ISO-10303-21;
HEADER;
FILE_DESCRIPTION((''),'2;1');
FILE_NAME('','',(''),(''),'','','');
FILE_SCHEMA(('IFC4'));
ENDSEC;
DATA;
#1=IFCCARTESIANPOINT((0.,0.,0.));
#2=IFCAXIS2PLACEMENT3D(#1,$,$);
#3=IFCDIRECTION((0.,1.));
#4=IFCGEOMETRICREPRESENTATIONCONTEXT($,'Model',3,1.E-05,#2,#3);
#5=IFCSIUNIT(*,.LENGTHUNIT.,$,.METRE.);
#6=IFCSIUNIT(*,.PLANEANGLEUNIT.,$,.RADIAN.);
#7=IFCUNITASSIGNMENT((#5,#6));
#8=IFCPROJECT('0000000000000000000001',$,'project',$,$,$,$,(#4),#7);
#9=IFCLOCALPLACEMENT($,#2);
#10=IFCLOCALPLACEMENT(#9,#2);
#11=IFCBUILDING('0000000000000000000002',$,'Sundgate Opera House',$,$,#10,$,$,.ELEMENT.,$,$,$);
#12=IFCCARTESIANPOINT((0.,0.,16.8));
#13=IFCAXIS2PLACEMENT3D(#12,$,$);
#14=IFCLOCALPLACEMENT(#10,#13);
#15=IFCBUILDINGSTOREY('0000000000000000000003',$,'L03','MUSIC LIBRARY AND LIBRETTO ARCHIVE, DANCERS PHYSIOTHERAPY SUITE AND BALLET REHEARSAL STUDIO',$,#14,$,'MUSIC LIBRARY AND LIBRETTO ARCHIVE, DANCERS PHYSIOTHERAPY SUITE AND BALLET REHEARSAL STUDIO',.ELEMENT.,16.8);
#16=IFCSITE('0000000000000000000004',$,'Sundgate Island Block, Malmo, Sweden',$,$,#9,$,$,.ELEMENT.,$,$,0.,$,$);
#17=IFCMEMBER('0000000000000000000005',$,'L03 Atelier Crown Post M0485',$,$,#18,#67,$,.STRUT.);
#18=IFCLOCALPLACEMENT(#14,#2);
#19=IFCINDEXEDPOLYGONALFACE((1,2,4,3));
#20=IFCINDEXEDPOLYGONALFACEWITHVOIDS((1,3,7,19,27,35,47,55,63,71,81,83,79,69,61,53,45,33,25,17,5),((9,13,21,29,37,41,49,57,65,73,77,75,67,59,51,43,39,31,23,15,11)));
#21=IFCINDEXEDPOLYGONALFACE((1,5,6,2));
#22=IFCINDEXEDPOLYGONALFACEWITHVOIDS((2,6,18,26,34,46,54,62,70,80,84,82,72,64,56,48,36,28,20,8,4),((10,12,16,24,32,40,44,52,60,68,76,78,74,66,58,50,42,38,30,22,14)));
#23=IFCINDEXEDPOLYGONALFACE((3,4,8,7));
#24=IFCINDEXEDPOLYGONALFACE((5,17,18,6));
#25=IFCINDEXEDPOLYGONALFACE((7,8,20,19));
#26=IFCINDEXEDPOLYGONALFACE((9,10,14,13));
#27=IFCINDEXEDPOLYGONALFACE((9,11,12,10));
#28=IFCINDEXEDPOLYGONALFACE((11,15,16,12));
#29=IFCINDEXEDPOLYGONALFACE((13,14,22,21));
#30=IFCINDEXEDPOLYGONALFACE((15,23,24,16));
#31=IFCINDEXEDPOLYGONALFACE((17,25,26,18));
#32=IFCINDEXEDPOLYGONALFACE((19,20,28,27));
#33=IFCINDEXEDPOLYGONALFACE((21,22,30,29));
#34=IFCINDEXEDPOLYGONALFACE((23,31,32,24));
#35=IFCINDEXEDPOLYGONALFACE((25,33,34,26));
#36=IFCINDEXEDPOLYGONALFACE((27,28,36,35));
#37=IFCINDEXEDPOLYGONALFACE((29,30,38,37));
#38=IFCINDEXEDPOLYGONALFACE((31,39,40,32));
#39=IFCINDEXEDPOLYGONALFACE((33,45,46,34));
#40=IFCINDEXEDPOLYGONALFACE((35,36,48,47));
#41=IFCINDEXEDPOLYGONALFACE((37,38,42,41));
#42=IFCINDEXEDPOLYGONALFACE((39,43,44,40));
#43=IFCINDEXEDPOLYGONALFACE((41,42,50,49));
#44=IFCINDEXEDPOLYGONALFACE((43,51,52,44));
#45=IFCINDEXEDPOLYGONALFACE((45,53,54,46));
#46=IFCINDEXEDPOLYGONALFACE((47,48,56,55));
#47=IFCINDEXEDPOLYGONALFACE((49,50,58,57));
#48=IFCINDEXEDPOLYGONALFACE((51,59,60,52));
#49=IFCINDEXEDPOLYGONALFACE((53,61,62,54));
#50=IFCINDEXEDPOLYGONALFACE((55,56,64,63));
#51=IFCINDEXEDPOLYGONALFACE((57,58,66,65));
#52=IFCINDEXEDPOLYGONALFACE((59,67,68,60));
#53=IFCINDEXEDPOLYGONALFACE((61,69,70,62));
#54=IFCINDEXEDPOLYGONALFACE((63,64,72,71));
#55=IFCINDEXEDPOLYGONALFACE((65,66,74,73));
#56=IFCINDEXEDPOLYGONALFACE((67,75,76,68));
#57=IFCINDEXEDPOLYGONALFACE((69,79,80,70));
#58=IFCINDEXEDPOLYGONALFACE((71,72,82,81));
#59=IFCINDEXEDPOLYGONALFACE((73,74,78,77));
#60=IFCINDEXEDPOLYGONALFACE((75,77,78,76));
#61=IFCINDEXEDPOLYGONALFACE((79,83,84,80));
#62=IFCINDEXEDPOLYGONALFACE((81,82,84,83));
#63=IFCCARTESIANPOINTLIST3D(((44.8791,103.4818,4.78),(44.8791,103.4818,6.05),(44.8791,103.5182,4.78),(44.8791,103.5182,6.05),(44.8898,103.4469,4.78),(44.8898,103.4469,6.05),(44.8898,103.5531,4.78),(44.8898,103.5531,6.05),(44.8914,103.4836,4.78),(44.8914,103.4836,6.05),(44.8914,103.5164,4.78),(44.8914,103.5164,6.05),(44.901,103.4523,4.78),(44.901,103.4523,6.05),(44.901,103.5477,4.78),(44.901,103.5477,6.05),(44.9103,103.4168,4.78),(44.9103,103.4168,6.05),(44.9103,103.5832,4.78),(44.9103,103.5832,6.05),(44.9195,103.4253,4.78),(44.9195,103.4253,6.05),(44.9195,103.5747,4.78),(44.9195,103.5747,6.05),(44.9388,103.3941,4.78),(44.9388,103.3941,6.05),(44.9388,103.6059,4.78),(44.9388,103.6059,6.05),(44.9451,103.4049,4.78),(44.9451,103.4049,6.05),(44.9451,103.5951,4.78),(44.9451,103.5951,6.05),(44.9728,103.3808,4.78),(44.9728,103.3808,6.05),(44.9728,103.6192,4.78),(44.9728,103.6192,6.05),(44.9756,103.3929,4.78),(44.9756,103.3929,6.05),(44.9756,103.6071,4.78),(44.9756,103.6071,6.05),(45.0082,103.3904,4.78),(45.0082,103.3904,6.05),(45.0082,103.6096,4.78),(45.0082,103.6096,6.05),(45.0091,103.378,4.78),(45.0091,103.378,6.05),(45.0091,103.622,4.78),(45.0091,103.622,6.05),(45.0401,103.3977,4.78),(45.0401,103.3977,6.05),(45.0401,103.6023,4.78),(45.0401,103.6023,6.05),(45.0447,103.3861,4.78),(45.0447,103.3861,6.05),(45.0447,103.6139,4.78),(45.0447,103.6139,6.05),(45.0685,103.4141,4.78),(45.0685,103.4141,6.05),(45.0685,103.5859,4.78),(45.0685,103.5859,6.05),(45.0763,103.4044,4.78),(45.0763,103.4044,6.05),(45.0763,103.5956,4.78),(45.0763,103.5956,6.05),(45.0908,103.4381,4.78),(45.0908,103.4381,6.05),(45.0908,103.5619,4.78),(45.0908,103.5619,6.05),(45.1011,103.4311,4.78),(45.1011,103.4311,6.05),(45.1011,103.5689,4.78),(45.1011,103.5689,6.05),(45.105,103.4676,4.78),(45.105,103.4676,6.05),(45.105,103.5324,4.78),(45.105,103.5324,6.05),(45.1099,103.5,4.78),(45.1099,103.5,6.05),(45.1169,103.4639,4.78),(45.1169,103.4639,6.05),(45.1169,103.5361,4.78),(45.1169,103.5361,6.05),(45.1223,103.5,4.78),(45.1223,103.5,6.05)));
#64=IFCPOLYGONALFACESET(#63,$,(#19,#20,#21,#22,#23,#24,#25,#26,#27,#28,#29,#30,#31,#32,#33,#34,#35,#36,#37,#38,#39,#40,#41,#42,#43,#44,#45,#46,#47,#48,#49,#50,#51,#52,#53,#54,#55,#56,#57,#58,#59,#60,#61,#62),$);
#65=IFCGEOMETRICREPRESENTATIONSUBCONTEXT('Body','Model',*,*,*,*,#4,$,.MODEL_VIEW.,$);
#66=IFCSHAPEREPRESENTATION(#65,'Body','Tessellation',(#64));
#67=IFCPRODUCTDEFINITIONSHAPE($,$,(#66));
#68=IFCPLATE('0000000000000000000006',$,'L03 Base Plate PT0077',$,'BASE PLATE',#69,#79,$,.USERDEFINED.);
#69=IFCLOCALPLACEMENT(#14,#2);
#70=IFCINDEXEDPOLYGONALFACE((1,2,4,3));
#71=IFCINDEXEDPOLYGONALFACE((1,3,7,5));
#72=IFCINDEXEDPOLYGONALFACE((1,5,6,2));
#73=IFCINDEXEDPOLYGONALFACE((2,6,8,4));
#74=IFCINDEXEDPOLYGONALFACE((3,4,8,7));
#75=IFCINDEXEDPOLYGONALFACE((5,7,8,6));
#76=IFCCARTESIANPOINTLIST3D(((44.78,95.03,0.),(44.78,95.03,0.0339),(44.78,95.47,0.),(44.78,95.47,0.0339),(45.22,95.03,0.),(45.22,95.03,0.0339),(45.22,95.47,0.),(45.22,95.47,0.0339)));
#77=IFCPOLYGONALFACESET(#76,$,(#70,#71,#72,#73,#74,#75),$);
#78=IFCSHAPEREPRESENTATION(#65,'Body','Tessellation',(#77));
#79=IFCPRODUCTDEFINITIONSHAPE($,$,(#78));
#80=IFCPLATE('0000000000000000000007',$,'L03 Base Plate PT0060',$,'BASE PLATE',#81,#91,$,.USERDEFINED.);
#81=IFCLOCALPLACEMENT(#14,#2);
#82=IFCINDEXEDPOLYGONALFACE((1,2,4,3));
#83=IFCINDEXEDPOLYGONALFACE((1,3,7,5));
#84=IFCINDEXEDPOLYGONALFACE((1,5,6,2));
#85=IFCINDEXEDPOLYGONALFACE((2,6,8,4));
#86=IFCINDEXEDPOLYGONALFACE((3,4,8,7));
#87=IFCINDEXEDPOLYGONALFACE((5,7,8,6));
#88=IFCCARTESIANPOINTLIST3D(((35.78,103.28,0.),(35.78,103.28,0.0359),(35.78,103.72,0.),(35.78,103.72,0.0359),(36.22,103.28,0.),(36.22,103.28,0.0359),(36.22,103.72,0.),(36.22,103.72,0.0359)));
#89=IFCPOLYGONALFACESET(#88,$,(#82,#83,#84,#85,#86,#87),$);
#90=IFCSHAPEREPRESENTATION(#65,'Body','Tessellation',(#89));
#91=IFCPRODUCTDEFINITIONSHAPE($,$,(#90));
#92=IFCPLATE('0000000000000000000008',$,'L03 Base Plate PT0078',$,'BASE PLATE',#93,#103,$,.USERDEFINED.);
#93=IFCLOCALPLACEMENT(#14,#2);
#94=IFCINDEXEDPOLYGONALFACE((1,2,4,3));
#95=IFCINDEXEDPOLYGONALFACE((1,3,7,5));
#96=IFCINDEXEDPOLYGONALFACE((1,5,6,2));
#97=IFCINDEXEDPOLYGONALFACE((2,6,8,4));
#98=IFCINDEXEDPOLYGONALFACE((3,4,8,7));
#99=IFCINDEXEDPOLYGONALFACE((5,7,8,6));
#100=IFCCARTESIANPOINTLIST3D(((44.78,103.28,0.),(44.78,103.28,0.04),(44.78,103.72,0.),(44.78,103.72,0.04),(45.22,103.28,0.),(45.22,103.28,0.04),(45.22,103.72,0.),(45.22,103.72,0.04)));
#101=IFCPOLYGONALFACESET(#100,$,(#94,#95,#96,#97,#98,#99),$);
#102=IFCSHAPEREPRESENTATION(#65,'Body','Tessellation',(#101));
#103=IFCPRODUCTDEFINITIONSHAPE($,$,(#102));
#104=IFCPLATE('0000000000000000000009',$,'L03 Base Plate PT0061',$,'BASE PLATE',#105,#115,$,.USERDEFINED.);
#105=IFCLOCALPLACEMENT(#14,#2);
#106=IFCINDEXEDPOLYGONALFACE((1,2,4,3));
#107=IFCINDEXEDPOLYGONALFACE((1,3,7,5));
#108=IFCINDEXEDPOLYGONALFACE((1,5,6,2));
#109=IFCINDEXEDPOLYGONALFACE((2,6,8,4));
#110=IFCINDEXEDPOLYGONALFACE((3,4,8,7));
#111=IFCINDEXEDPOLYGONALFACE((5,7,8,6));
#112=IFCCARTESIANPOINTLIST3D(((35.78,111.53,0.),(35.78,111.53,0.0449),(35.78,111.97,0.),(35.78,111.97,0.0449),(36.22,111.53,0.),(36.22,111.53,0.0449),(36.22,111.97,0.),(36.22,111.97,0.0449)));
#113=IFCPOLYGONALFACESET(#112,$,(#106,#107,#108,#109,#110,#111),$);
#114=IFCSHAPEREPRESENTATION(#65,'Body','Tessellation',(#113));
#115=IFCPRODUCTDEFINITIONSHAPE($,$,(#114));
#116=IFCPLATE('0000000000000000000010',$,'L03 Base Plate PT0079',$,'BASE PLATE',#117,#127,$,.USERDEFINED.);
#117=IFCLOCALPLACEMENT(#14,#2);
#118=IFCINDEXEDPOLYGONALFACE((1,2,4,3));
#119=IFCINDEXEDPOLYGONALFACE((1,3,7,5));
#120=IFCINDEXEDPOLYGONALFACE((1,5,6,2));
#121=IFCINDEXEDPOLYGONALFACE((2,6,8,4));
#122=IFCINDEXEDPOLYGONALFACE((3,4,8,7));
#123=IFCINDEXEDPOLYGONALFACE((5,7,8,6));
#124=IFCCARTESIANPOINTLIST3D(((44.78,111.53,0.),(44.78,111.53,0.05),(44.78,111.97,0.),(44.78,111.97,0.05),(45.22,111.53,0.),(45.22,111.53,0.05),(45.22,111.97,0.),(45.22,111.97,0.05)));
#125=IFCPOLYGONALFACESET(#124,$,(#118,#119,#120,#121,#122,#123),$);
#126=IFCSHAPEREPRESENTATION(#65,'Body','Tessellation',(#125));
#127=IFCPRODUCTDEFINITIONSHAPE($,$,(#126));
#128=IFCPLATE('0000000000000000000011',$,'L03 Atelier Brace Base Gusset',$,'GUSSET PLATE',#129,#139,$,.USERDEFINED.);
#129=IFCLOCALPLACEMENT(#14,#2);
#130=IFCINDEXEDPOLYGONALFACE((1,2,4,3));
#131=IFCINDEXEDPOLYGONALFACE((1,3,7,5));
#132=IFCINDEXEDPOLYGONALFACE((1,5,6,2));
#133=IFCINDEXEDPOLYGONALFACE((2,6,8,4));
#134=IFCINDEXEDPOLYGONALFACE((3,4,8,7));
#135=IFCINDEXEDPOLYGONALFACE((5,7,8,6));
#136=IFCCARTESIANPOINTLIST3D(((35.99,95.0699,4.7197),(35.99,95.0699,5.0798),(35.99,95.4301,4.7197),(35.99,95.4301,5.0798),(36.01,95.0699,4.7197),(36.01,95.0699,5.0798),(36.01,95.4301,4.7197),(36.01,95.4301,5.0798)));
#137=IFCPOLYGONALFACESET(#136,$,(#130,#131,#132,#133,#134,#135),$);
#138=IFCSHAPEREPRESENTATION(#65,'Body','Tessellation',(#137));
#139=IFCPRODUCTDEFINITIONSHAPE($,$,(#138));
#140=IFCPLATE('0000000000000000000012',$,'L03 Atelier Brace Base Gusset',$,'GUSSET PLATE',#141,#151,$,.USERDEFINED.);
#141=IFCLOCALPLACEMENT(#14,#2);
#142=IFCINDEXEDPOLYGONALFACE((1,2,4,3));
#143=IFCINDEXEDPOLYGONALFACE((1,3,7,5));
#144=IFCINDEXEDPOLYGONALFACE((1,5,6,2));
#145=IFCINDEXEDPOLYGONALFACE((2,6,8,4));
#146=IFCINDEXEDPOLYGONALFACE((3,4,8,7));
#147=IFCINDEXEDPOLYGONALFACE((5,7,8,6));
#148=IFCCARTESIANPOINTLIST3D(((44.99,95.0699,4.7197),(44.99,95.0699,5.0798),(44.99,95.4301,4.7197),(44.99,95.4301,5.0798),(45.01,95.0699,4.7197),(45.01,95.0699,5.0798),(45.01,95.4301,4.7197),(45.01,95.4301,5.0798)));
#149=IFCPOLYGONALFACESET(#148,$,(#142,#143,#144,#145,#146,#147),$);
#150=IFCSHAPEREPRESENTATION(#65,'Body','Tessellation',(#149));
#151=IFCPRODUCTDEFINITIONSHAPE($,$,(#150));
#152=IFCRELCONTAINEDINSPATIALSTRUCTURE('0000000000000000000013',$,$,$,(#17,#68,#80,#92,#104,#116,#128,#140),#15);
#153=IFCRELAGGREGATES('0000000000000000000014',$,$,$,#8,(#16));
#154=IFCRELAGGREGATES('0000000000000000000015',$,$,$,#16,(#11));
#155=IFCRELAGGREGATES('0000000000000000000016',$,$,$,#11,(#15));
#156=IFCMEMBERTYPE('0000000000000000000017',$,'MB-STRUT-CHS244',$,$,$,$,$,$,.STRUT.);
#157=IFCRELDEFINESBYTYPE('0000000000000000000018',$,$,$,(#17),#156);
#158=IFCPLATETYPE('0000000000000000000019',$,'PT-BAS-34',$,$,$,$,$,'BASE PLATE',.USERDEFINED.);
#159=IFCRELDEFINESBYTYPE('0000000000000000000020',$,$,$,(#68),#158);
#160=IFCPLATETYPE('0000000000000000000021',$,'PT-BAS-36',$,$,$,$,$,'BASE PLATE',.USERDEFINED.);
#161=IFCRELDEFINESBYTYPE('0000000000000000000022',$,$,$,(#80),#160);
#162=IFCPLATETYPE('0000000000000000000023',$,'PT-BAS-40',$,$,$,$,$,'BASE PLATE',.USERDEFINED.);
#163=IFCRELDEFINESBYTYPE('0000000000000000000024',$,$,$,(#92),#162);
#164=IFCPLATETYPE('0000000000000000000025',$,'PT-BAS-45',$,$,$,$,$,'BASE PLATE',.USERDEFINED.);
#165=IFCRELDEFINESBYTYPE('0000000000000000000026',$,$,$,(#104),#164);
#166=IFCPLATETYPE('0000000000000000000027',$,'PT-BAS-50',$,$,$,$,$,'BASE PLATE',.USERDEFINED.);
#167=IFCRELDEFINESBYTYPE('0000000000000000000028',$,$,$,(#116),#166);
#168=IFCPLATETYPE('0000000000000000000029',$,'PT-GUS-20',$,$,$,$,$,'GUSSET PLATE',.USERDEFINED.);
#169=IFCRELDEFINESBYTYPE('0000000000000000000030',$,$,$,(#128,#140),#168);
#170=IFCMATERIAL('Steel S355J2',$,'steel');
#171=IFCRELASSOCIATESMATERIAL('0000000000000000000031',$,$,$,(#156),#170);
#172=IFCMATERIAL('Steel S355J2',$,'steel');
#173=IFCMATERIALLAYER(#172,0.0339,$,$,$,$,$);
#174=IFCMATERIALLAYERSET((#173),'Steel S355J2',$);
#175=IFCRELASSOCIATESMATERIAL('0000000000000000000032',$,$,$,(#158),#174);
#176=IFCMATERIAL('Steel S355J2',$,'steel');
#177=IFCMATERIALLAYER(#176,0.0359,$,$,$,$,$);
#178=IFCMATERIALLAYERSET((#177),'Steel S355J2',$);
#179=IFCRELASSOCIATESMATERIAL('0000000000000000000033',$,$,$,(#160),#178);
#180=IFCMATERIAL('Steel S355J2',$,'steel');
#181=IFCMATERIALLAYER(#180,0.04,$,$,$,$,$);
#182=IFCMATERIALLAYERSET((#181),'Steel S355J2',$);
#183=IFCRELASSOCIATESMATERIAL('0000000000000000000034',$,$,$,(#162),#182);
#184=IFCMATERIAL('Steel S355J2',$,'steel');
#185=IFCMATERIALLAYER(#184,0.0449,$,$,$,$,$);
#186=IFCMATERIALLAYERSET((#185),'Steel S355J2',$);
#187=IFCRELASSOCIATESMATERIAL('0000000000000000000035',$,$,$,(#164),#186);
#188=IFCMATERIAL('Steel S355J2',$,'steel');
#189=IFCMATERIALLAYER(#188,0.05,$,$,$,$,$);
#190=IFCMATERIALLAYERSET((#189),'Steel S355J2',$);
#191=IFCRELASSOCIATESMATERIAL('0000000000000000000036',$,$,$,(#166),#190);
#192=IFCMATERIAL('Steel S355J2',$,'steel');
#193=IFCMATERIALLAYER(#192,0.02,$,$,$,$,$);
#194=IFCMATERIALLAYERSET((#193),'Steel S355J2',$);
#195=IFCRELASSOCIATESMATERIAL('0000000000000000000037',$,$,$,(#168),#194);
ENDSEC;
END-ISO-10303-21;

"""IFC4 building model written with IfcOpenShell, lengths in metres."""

from ifc_helpers import new_model, si_unit, direction, frame, origin, origin_2d, place, context, subcontext, project, spatial, rectangle, hollow_circle, extrude, material, layer, layer_set, material_profile, profile_set, type_object, element, save


model = new_model("IFC4")

# Units and contexts
model_context = context("Model", 3, precision=1e-05, world=origin(), true_north=direction((0.0, 1.0)))
body_context = subcontext(model_context, "Body", "Model", "MODEL_VIEW")
ifc_project = project(units=[si_unit("LENGTHUNIT", "METRE"), si_unit("PLANEANGLEUNIT", "RADIAN")], contexts=[model_context])

# Site, building, storey
site_placement = place(None, origin())
site = spatial("IfcSite", under=ifc_project, at=site_placement, Name="Sundgate Island Block, Malmo, Sweden", CompositionType="ELEMENT", RefElevation=0.0)
building_placement = place(site_placement, origin())
building = spatial("IfcBuilding", under=site, at=building_placement, Name="Sundgate Opera House", CompositionType="ELEMENT")
storey_placement = place(building_placement, frame((0.0, 0.0, 16.8)))
storey = spatial("IfcBuildingStorey", under=building, at=storey_placement, Name="L03", Description="MUSIC LIBRARY AND LIBRETTO ARCHIVE, DANCERS PHYSIOTHERAPY SUITE AND BALLET REHEARSAL STUDIO", LongName="MUSIC LIBRARY AND LIBRETTO ARCHIVE, DANCERS PHYSIOTHERAPY SUITE AND BALLET REHEARSAL STUDIO", CompositionType="ELEMENT", Elevation=16.8)

# Member
ifc_material_1 = material(Name="Steel S355J2", Category="steel")
ifc_material_profile_1 = material_profile(ifc_material_1, hollow_circle(Radius=0.1223, WallThickness=0.0125, at=origin_2d()), Name="CHS 244.5x12.5")
ifc_profile_set_1 = profile_set([ifc_material_profile_1], Name="Steel S355J2")
member_type_1 = type_object("IfcMemberType", Name="MB-STRUT-CHS244", PredefinedType="STRUT", material=ifc_profile_set_1)
for number, where, z_axis, x_axis, name in (
    (1, (45.0, 103.5, 4.78), (0.0, 0.0, 1.0), (1.0, 0.0, 0.0), "L03 Atelier Crown Post M0485"),
):
    element("IfcMember", number, at=place(storey_placement, frame(where, z_axis=z_axis, x_axis=x_axis)), inside=storey, type_object=member_type_1, Name=name, PredefinedType="STRUT", context=body_context, shape_type="SweptSolid", body=[
        extrude(hollow_circle(Radius=0.1223, WallThickness=0.0125, at=origin_2d()), origin(), (0.0, 0.0, 1.0), 1.27),
    ])

# Plates
ifc_material_2 = material(Name="Steel S355J2", Category="steel")
ifc_layer_1 = layer(ifc_material_2, 0.0339)
ifc_layer_set_1 = layer_set([ifc_layer_1], Name="Steel S355J2")
plate_type_1 = type_object("IfcPlateType", Name="PT-BAS-34", ElementType="BASE PLATE", PredefinedType="USERDEFINED", material=ifc_layer_set_1)
plate_1_placement = place(storey_placement, frame((45.0, 95.25, 0.0), z_axis=(0.0, 0.0, 1.0), x_axis=(1.0, 0.0, 0.0)))
element("IfcPlate", 2, at=plate_1_placement, inside=storey, type_object=plate_type_1, Name="L03 Base Plate PT0077", ObjectType="BASE PLATE", PredefinedType="USERDEFINED", context=body_context, shape_type="SweptSolid", body=[
    extrude(rectangle(XDim=0.4399, YDim=0.4399, at=origin_2d()), origin(), (0.0, 0.0, 1.0), 0.0339),
])
ifc_material_3 = material(Name="Steel S355J2", Category="steel")
ifc_layer_2 = layer(ifc_material_3, 0.0359)
ifc_layer_set_2 = layer_set([ifc_layer_2], Name="Steel S355J2")
plate_type_2 = type_object("IfcPlateType", Name="PT-BAS-36", ElementType="BASE PLATE", PredefinedType="USERDEFINED", material=ifc_layer_set_2)
plate_2_placement = place(storey_placement, frame((36.0, 103.5, 0.0), z_axis=(0.0, 0.0, 1.0), x_axis=(1.0, 0.0, 0.0)))
element("IfcPlate", 3, at=plate_2_placement, inside=storey, type_object=plate_type_2, Name="L03 Base Plate PT0060", ObjectType="BASE PLATE", PredefinedType="USERDEFINED", context=body_context, shape_type="SweptSolid", body=[
    extrude(rectangle(XDim=0.4399, YDim=0.4399, at=origin_2d()), origin(), (0.0, 0.0, 1.0), 0.0359),
])
ifc_material_4 = material(Name="Steel S355J2", Category="steel")
ifc_layer_3 = layer(ifc_material_4, 0.04)
ifc_layer_set_3 = layer_set([ifc_layer_3], Name="Steel S355J2")
plate_type_3 = type_object("IfcPlateType", Name="PT-BAS-40", ElementType="BASE PLATE", PredefinedType="USERDEFINED", material=ifc_layer_set_3)
plate_3_placement = place(storey_placement, frame((45.0, 103.5, 0.0), z_axis=(0.0, 0.0, 1.0), x_axis=(1.0, 0.0, 0.0)))
element("IfcPlate", 4, at=plate_3_placement, inside=storey, type_object=plate_type_3, Name="L03 Base Plate PT0078", ObjectType="BASE PLATE", PredefinedType="USERDEFINED", context=body_context, shape_type="SweptSolid", body=[
    extrude(rectangle(XDim=0.4399, YDim=0.4399, at=origin_2d()), origin(), (0.0, 0.0, 1.0), 0.04),
])
ifc_material_5 = material(Name="Steel S355J2", Category="steel")
ifc_layer_4 = layer(ifc_material_5, 0.0449)
ifc_layer_set_4 = layer_set([ifc_layer_4], Name="Steel S355J2")
plate_type_4 = type_object("IfcPlateType", Name="PT-BAS-45", ElementType="BASE PLATE", PredefinedType="USERDEFINED", material=ifc_layer_set_4)
plate_4_placement = place(storey_placement, frame((36.0, 111.75, 0.0), z_axis=(0.0, 0.0, 1.0), x_axis=(1.0, 0.0, 0.0)))
element("IfcPlate", 5, at=plate_4_placement, inside=storey, type_object=plate_type_4, Name="L03 Base Plate PT0061", ObjectType="BASE PLATE", PredefinedType="USERDEFINED", context=body_context, shape_type="SweptSolid", body=[
    extrude(rectangle(XDim=0.4399, YDim=0.4399, at=origin_2d()), origin(), (0.0, 0.0, 1.0), 0.0449),
])
ifc_material_6 = material(Name="Steel S355J2", Category="steel")
ifc_layer_5 = layer(ifc_material_6, 0.05)
ifc_layer_set_5 = layer_set([ifc_layer_5], Name="Steel S355J2")
plate_type_5 = type_object("IfcPlateType", Name="PT-BAS-50", ElementType="BASE PLATE", PredefinedType="USERDEFINED", material=ifc_layer_set_5)
plate_5_placement = place(storey_placement, frame((45.0, 111.75, 0.0), z_axis=(0.0, 0.0, 1.0), x_axis=(1.0, 0.0, 0.0)))
element("IfcPlate", 6, at=plate_5_placement, inside=storey, type_object=plate_type_5, Name="L03 Base Plate PT0079", ObjectType="BASE PLATE", PredefinedType="USERDEFINED", context=body_context, shape_type="SweptSolid", body=[
    extrude(rectangle(XDim=0.4399, YDim=0.4399, at=origin_2d()), origin(), (0.0, 0.0, 1.0), 0.05),
])
ifc_material_7 = material(Name="Steel S355J2", Category="steel")
ifc_layer_6 = layer(ifc_material_7, 0.02)
ifc_layer_set_6 = layer_set([ifc_layer_6], Name="Steel S355J2")
plate_type_6 = type_object("IfcPlateType", Name="PT-GUS-20", ElementType="GUSSET PLATE", PredefinedType="USERDEFINED", material=ifc_layer_set_6)
for number, where, z_axis, x_axis, name in (
    (7, (36.0, 95.25, 4.7197), (0.0, 0.0, 1.0), (1.0, 0.0, 0.0), "L03 Atelier Brace Base Gusset"),
    (8, (45.0, 95.25, 4.7197), (0.0, 0.0, 1.0), (1.0, 0.0, 0.0), "L03 Atelier Brace Base Gusset"),
):
    element("IfcPlate", number, at=place(storey_placement, frame(where, z_axis=z_axis, x_axis=x_axis)), inside=storey, type_object=plate_type_6, Name=name, ObjectType="GUSSET PLATE", PredefinedType="USERDEFINED", context=body_context, shape_type="SweptSolid", body=[
        extrude(rectangle(XDim=0.02, YDim=0.3601, at=origin_2d()), origin(), (0.0, 0.0, 1.0), 0.3601),
    ])

save(model, "model.ifc")
